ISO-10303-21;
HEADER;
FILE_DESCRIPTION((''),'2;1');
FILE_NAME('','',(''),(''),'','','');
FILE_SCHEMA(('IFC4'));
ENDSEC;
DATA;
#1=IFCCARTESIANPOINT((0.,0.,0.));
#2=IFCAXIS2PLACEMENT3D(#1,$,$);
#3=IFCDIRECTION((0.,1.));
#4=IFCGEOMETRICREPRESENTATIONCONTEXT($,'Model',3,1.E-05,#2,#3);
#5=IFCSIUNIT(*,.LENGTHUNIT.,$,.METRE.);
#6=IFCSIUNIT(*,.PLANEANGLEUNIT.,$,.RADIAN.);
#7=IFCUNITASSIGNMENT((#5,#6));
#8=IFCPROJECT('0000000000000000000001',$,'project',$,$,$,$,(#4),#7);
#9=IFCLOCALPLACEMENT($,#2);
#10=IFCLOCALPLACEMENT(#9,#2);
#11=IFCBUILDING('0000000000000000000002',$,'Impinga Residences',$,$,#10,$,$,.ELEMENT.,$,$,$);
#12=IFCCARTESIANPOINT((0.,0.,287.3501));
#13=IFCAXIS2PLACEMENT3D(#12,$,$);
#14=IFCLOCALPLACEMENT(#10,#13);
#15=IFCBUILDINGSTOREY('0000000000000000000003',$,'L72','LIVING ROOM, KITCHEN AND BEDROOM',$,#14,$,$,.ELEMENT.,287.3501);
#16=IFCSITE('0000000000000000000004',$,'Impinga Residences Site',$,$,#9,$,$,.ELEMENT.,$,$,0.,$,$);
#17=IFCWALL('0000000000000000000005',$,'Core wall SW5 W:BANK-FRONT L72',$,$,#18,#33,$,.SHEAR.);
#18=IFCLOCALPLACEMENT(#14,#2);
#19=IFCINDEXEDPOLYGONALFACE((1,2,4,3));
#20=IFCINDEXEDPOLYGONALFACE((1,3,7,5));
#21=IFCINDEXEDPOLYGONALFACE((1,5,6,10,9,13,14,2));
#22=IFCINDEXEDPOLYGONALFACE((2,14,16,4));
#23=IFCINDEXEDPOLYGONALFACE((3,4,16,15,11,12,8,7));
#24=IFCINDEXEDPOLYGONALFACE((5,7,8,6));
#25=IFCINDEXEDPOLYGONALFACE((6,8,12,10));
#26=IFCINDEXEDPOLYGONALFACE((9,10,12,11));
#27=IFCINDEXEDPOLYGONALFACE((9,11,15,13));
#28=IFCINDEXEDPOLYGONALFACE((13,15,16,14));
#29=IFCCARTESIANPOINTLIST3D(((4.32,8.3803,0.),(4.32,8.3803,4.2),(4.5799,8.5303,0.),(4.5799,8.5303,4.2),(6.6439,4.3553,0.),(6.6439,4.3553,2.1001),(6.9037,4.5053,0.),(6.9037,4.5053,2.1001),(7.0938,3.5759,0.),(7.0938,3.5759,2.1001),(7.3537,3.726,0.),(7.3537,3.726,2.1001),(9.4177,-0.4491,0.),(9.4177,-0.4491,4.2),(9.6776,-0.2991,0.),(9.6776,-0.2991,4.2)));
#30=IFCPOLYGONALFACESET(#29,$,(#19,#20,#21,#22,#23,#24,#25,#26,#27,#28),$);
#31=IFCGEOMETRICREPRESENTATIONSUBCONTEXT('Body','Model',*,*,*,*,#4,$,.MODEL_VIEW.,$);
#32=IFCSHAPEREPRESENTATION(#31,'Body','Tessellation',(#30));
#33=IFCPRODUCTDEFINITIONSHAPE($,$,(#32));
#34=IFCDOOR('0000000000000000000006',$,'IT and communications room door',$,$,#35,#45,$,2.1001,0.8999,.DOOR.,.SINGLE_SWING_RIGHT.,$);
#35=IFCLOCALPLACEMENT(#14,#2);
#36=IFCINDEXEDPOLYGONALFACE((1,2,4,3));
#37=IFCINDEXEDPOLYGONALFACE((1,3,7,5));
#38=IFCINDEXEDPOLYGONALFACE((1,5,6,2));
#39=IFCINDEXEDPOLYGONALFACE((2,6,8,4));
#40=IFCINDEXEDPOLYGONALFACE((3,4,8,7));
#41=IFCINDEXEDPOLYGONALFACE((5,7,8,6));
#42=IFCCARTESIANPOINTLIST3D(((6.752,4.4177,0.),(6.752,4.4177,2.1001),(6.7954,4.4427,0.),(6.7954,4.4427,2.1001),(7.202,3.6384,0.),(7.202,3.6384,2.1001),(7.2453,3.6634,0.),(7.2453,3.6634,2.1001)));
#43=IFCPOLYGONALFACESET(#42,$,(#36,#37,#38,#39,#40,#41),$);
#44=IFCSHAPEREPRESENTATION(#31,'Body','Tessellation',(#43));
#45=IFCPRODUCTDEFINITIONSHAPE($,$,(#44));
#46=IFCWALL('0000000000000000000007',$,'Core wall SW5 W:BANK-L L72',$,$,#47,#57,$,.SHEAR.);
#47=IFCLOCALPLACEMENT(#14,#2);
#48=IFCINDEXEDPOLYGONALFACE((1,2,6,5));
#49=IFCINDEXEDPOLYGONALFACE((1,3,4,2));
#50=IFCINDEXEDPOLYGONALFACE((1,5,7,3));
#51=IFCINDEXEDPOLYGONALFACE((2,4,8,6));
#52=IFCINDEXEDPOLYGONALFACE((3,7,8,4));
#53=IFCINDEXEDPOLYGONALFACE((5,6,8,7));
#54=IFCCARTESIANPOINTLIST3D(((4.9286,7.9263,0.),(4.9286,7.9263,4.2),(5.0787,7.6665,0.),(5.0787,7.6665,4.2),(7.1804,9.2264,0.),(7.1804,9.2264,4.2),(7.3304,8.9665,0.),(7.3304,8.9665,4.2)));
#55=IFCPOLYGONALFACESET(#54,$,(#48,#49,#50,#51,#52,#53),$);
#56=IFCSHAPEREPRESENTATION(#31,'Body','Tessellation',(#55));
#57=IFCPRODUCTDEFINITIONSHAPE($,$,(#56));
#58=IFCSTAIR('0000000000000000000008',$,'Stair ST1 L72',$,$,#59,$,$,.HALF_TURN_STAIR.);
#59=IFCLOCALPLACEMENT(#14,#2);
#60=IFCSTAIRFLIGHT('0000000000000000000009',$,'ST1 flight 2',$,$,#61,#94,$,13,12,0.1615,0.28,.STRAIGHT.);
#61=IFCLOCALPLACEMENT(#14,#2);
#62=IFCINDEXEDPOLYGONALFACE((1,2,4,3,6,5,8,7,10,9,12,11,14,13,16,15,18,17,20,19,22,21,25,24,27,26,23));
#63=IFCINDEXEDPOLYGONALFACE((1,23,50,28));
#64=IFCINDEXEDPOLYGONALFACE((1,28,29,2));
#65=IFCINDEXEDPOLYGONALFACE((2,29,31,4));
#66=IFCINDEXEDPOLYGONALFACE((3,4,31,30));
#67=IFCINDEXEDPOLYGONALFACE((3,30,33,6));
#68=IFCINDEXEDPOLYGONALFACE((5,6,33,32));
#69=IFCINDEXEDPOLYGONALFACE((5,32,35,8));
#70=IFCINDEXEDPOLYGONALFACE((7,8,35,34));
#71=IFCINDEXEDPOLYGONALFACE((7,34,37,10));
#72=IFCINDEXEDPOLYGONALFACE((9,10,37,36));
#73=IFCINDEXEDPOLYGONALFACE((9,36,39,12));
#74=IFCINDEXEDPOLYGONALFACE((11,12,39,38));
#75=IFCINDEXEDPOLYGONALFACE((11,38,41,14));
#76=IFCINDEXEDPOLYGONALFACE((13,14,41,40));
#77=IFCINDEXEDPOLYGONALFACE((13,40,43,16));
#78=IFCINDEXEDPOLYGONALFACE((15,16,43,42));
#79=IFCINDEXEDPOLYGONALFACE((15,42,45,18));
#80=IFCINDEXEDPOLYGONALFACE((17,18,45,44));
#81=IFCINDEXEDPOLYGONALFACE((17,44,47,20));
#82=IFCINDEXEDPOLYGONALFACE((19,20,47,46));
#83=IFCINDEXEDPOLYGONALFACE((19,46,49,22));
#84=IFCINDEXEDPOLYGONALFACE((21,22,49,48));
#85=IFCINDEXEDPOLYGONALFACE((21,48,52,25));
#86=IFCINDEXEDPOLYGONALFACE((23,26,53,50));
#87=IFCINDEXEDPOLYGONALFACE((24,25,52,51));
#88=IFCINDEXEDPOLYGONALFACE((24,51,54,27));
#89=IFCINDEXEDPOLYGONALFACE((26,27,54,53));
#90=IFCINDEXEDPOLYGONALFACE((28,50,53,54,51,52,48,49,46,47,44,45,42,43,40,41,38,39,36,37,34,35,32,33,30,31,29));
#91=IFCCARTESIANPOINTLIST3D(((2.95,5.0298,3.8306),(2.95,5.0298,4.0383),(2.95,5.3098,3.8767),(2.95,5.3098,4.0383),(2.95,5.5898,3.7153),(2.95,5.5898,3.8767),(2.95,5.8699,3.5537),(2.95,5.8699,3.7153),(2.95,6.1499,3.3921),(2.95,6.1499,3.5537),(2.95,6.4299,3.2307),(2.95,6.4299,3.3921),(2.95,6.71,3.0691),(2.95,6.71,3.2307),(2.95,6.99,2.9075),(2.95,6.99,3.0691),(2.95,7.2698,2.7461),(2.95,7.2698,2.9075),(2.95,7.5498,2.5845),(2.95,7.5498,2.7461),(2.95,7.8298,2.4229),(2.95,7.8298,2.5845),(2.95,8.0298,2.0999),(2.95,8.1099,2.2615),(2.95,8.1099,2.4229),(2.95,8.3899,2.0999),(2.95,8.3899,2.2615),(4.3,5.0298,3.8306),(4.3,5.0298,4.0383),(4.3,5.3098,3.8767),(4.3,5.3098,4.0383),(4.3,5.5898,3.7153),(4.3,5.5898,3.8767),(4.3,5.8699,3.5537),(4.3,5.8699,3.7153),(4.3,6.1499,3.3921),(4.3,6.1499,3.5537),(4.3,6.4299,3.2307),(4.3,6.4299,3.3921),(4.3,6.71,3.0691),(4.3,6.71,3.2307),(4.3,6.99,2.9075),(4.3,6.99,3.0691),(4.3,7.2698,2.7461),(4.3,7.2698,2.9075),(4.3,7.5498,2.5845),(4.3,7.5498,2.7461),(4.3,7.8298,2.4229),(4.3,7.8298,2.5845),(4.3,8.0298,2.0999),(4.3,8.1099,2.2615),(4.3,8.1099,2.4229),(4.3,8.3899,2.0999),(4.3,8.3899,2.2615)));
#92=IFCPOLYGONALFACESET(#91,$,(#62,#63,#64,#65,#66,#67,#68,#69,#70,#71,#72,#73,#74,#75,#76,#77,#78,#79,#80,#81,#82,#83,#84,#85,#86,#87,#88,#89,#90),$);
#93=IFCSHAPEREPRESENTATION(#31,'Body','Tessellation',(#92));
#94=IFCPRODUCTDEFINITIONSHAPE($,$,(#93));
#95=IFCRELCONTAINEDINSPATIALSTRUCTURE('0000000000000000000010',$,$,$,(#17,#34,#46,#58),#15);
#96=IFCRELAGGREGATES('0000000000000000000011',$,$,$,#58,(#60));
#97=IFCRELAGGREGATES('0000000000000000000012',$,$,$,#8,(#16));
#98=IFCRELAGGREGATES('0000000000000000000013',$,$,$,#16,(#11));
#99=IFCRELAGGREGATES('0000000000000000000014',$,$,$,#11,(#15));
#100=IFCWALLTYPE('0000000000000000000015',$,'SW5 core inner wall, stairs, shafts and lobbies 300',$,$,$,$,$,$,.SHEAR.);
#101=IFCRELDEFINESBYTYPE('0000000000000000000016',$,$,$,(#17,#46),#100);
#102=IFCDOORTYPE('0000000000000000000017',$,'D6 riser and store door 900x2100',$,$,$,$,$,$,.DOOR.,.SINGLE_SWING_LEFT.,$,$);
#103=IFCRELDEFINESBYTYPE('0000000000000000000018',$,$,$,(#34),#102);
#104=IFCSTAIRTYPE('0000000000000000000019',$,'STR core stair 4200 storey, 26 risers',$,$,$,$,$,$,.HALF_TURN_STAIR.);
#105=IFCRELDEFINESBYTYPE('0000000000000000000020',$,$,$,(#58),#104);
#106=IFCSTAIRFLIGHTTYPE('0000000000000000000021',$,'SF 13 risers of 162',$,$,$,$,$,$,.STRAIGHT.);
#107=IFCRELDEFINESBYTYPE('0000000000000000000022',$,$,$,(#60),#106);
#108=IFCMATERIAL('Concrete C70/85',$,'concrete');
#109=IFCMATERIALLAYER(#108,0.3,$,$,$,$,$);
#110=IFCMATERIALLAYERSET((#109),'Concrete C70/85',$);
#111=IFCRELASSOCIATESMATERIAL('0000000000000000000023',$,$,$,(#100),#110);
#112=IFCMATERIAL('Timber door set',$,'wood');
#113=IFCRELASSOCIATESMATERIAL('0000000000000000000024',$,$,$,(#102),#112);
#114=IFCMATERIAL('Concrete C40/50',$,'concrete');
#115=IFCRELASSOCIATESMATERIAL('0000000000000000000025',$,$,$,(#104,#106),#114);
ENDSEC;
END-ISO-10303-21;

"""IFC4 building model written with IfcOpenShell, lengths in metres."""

from ifc_helpers import new_model, si_unit, direction, frame, frame_2d, origin, place, context, subcontext, project, spatial, polyline, rectangle, outline, extrude, material, layer, layer_set, type_object, element, fill, aggregate, save


model = new_model("IFC4")

# Units and contexts
model_context = context("Model", 3, precision=1e-05, world=origin(), true_north=direction((0.0, 1.0)))
body_context = subcontext(model_context, "Body", "Model", "MODEL_VIEW")
ifc_project = project(units=[si_unit("LENGTHUNIT", "METRE"), si_unit("PLANEANGLEUNIT", "RADIAN")], contexts=[model_context])

# Site, building, storey
site_placement = place(None, origin())
site = spatial("IfcSite", under=ifc_project, at=site_placement, Name="Impinga Residences Site", CompositionType="ELEMENT", RefElevation=0.0)
building_placement = place(site_placement, origin())
building = spatial("IfcBuilding", under=site, at=building_placement, Name="Impinga Residences", CompositionType="ELEMENT")
storey_placement = place(building_placement, frame((0.0, 0.0, 287.3501)))
storey = spatial("IfcBuildingStorey", under=building, at=storey_placement, Name="L72", Description="LIVING ROOM, KITCHEN AND BEDROOM", CompositionType="ELEMENT", Elevation=287.3501)

# Shared definitions
ifc_material_1 = material(Name="Timber door set", Category="wood")

# Shared definitions
ifc_material_2 = material(Name="Concrete C70/85", Category="concrete")
ifc_layer_1 = layer(ifc_material_2, 0.3)
ifc_layer_set_1 = layer_set([ifc_layer_1], Name="Concrete C70/85")
wall_type_1 = type_object("IfcWallType", Name="SW5 core inner wall, stairs, shafts and lobbies 300", PredefinedType="SHEAR", material=ifc_layer_set_1)

# Wall, opening, door
wall_1_placement = place(storey_placement, frame((4.45, 8.4553, 0.0), z_axis=(0.0, 0.0, 1.0), x_axis=(0.500002, -0.866024, 0.0)))
wall_1 = element("IfcWall", 1, at=wall_1_placement, inside=storey, type_object=wall_type_1, Name="Core wall SW5 W:BANK-FRONT L72", PredefinedType="SHEAR", context=body_context, shape_type="SweptSolid", body=[
    extrude(rectangle(XDim=10.1953, YDim=0.3, at=frame_2d((5.0977, 0.0))), origin(), (0.0, 0.0, 1.0), 4.2),
])
opening_1_placement = place(wall_1_placement, frame((4.6477, 0.0, 0.0)))
opening_1 = element("IfcOpeningElement", 2, at=opening_1_placement, cuts=wall_1, PredefinedType="OPENING", context=body_context, shape_type="SweptSolid", body=[
    extrude(rectangle(XDim=0.8999, YDim=2.1001, at=frame_2d((0.45, 1.05))), frame((0.0, 0.1599, 0.0), z_axis=(0.0, -1.0, 0.0), x_axis=(1.0, 0.0, 0.0)), (0.0, 0.0, 1.0), 0.3201),
])
door_type_1 = type_object("IfcDoorType", Name="D6 riser and store door 900x2100", OperationType="SINGLE_SWING_LEFT", PredefinedType="DOOR", material=ifc_material_1)
door_1_placement = place(opening_1_placement, origin())
door_1 = element("IfcDoor", 3, at=door_1_placement, inside=storey, type_object=door_type_1, Name="IT and communications room door", OperationType="SINGLE_SWING_RIGHT", OverallHeight=2.1001, OverallWidth=0.8999, PredefinedType="DOOR", context=body_context, shape_type="SweptSolid", body=[
    extrude(rectangle(XDim=0.8999, YDim=2.1001, at=frame_2d((0.45, 1.05))), frame((0.0, 0.0249, 0.0), z_axis=(0.0, -1.0, 0.0), x_axis=(1.0, 0.0, 0.0)), (0.0, 0.0, 1.0), 0.05),
])
fill(opening_1, door_1)

# Wall
wall_2_placement = place(storey_placement, frame((5.0037, 7.7964, 0.0), z_axis=(0.0, 0.0, 1.0), x_axis=(0.866021, 0.500007, 0.0)))
element("IfcWall", 4, at=wall_2_placement, inside=storey, type_object=wall_type_1, Name="Core wall SW5 W:BANK-L L72", PredefinedType="SHEAR", context=body_context, shape_type="SweptSolid", body=[
    extrude(rectangle(XDim=2.6001, YDim=0.3, at=frame_2d((1.3, 0.0))), origin(), (0.0, 0.0, 1.0), 4.2),
])

# Stair, stair flight
ifc_material_3 = material(Name="Concrete C40/50", Category="concrete")
stair_type = type_object("IfcStairType", Name="STR core stair 4200 storey, 26 risers", PredefinedType="HALF_TURN_STAIR", material=ifc_material_3)
stair_placement = place(storey_placement, origin())
stair = element("IfcStair", 5, at=stair_placement, inside=storey, type_object=stair_type, Name="Stair ST1 L72", PredefinedType="HALF_TURN_STAIR")
stair_flight_type = type_object("IfcStairFlightType", Name="SF 13 risers of 162", PredefinedType="STRAIGHT", material=ifc_material_3)
stair_flight_placement = place(storey_placement, frame((3.625, 8.3899, 2.0999), z_axis=(0.0, 0.0, 1.0), x_axis=(0.0, -1.0, 0.0)))
stair_flight = element("IfcStairFlight", 6, at=stair_flight_placement, type_object=stair_flight_type, Name="ST1 flight 2", NumberOfRisers=13, NumberOfTreads=12, PredefinedType="STRAIGHT", RiserHeight=0.1615, TreadLength=0.28, context=body_context, shape_type="SweptSolid", body=[
    extrude(outline(polyline([(0.0, 0.0), (0.0, 0.1616), (0.28, 0.1616), (0.28, 0.323), (0.5601, 0.323), (0.5601, 0.4846), (0.8401, 0.4846), (0.8401, 0.6462), (1.1201, 0.6462), (1.1201, 0.8076), (1.3999, 0.8076), (1.3999, 0.9692), (1.6799, 0.9692), (1.6799, 1.1309), (1.96, 1.1309), (1.96, 1.2922), (2.24, 1.2922), (2.24, 1.4539), (2.52, 1.4539), (2.52, 1.6155), (2.8, 1.6155), (2.8, 1.7769), (3.0801, 1.7769), (3.0801, 1.9385), (3.3601, 1.9385), (3.3601, 2.1001), (3.3601, 1.7307), (0.3601, 0.0), (0.0, 0.0)])), frame((0.0, 0.675, 0.0), z_axis=(0.0, -1.0, 0.0), x_axis=(1.0, 0.0, 0.0)), (0.0, 0.0, 1.0), 1.3501),
])
aggregate(stair, [stair_flight])

save(model, "model.ifc")
